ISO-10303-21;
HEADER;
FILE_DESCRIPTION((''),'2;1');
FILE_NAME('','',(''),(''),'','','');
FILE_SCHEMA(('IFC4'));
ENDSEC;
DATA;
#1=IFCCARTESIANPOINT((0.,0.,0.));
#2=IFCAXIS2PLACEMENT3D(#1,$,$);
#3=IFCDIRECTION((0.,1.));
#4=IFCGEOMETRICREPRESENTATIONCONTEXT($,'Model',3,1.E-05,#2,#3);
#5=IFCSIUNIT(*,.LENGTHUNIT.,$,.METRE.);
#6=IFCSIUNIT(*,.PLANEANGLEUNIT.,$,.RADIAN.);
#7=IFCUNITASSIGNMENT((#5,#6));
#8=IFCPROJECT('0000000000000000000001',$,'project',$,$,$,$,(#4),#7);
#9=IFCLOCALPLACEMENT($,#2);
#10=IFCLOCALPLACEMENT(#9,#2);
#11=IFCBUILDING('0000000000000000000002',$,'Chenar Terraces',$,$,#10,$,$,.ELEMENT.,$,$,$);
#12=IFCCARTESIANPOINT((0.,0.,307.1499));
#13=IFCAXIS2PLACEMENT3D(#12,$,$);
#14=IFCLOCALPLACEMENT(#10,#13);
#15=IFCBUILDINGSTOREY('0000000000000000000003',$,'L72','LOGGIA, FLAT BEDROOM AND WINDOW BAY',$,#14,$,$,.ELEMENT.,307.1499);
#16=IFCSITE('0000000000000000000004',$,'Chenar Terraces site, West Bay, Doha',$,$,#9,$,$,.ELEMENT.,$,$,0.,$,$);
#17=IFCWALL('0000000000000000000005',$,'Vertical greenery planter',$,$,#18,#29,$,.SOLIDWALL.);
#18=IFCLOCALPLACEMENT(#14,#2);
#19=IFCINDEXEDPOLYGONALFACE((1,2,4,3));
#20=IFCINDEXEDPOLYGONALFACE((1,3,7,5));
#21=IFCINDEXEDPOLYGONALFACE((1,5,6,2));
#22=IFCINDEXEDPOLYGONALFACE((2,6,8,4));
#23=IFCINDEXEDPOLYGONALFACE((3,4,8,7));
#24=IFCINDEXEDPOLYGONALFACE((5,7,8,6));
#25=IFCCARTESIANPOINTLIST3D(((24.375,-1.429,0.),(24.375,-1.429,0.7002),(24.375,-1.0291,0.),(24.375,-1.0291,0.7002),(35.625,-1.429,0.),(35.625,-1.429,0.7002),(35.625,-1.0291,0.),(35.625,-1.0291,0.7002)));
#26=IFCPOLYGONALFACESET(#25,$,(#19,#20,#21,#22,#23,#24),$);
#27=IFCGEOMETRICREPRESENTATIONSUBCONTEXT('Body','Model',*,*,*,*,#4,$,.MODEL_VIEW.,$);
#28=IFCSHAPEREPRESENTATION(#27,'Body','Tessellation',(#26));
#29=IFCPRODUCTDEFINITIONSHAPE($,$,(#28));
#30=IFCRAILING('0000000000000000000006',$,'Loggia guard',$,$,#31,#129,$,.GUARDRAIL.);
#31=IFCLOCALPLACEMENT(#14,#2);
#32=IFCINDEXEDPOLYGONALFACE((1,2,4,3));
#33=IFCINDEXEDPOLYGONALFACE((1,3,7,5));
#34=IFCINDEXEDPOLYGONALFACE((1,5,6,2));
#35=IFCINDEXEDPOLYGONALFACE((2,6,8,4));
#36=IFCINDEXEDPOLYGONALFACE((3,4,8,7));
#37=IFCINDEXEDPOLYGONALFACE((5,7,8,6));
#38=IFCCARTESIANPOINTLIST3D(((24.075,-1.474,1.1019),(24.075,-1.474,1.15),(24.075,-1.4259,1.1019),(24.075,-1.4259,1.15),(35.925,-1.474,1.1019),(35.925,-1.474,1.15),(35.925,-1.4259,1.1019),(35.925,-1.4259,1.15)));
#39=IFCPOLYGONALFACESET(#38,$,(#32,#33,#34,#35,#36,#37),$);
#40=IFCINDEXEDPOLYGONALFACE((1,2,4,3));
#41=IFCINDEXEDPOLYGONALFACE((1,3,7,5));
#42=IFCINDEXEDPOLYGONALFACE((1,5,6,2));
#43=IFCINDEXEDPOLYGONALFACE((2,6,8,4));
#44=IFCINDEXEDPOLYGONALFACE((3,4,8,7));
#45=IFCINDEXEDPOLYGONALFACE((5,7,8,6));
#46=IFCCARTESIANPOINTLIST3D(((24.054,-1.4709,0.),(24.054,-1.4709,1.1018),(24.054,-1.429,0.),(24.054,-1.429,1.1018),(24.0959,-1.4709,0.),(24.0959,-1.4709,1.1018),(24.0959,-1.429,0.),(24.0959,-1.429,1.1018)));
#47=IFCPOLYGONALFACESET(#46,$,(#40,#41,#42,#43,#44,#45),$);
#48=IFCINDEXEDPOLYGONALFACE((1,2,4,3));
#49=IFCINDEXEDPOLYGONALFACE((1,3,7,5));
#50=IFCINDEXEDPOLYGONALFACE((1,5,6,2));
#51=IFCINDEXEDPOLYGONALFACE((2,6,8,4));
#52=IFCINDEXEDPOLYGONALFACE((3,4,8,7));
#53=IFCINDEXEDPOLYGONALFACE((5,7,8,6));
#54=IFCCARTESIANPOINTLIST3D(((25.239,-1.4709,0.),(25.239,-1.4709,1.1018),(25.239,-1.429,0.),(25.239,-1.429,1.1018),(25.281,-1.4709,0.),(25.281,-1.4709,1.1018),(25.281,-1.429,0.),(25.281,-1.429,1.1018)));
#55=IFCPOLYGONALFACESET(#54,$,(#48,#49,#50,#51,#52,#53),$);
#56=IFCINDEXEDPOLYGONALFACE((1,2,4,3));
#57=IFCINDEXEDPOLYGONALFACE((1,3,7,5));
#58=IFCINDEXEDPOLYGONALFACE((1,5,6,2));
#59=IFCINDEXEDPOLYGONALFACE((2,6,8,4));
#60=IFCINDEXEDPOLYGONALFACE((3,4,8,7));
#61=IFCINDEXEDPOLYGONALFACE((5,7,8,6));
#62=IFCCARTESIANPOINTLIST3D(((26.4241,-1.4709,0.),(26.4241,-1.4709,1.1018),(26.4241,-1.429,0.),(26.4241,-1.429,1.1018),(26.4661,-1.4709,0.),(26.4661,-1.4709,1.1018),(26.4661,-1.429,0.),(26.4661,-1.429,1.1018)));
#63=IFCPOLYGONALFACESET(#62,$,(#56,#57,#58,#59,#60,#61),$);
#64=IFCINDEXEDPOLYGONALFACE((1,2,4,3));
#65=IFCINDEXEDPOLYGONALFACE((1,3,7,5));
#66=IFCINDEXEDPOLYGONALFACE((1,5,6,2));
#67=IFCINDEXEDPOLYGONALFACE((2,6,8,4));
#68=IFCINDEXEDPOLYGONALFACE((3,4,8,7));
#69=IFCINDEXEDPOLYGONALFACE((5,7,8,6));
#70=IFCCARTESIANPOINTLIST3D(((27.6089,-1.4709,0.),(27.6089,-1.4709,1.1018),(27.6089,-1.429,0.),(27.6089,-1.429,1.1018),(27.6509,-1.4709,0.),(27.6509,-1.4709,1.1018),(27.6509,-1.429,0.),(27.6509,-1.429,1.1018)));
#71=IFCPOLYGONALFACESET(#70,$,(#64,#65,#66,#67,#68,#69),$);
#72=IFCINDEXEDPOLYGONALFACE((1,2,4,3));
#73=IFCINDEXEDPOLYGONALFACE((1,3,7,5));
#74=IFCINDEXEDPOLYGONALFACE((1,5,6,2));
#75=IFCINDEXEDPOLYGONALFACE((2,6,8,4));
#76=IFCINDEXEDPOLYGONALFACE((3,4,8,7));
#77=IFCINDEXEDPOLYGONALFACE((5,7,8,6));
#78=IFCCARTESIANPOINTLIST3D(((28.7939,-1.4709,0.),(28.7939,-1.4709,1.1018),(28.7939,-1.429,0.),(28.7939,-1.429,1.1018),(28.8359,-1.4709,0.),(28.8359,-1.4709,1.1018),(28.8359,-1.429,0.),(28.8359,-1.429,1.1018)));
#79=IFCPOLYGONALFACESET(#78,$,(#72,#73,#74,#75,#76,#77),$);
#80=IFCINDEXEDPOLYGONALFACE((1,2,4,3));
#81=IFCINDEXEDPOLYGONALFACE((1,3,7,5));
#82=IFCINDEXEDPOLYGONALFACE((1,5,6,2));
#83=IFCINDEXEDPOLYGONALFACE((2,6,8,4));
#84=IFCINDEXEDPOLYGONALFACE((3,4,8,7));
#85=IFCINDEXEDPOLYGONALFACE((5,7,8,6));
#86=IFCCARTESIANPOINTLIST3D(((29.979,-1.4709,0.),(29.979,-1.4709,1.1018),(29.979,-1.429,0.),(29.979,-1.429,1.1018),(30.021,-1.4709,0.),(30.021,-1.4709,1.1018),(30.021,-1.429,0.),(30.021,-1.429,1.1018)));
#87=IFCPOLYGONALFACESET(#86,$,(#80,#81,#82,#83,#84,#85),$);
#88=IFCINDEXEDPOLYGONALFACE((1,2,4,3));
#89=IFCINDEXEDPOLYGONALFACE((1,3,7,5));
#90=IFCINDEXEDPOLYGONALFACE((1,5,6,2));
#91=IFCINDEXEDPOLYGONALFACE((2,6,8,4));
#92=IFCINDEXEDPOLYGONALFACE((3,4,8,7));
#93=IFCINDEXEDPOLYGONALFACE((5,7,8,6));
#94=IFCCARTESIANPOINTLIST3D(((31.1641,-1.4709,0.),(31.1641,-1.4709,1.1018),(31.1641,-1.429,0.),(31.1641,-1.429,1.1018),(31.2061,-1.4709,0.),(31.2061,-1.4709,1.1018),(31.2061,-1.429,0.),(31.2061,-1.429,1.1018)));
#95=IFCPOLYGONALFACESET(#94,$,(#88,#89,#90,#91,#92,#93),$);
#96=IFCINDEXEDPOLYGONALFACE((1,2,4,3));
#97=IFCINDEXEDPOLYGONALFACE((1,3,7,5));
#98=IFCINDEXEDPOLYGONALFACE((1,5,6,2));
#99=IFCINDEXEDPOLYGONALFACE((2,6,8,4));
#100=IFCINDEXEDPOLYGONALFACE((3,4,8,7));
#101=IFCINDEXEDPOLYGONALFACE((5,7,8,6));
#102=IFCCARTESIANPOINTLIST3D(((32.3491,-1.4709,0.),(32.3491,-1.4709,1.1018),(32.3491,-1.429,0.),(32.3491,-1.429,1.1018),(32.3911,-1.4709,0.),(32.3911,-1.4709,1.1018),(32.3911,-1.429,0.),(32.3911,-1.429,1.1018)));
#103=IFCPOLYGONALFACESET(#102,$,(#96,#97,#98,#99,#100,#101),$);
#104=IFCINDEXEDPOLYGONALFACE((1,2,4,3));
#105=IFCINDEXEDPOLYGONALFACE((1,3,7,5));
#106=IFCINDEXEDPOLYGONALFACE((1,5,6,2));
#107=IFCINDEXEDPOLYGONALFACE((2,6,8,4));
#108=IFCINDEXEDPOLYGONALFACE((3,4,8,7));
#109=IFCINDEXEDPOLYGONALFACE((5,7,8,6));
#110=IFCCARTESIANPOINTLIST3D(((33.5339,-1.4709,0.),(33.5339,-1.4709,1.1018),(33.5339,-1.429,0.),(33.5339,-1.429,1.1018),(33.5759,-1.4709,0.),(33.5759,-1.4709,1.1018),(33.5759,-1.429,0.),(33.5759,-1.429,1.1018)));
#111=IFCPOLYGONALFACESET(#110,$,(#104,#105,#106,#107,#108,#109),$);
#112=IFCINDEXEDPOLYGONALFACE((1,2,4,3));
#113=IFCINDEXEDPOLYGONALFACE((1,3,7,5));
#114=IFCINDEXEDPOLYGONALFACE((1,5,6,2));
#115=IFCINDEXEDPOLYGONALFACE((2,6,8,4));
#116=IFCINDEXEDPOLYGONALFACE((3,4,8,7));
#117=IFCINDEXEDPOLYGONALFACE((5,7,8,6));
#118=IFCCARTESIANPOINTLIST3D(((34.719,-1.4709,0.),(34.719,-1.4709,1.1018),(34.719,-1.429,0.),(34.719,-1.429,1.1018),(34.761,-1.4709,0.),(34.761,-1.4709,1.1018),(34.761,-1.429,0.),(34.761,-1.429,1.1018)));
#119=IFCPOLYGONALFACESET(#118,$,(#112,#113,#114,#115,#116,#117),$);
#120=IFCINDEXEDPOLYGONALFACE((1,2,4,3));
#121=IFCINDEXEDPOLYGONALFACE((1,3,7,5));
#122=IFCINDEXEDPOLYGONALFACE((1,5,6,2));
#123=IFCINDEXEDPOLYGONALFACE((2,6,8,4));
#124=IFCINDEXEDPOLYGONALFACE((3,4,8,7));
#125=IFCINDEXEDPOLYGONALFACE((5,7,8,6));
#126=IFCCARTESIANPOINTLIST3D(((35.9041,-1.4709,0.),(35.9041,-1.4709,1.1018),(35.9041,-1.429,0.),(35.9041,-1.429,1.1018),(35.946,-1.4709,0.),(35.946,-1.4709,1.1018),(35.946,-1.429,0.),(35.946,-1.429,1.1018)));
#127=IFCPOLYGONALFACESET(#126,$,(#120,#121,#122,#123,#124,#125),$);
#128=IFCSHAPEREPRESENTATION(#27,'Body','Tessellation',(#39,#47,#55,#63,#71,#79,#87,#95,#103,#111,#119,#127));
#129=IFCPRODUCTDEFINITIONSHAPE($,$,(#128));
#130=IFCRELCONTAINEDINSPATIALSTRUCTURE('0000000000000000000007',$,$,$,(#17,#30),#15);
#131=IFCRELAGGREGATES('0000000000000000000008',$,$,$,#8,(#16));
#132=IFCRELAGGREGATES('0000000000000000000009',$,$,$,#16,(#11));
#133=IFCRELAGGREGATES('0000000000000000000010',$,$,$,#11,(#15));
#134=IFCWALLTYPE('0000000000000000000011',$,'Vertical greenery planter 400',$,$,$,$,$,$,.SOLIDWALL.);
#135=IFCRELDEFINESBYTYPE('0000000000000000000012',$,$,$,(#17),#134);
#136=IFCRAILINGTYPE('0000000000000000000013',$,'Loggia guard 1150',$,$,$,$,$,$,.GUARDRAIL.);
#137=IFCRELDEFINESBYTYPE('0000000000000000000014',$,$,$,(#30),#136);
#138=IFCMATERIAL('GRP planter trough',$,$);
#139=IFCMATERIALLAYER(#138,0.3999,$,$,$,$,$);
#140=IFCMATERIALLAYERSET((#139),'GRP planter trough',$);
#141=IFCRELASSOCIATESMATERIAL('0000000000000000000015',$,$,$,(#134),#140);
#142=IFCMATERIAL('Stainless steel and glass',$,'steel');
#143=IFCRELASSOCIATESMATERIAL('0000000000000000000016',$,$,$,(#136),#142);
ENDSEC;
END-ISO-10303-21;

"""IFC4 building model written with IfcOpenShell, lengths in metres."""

from ifc_helpers import new_model, si_unit, direction, frame, frame_2d, origin, origin_2d, place, context, subcontext, project, spatial, rectangle, extrude, material, layer, layer_set, type_object, element, save


model = new_model("IFC4")

# Units and contexts
model_context = context("Model", 3, precision=1e-05, world=origin(), true_north=direction((0.0, 1.0)))
body_context = subcontext(model_context, "Body", "Model", "MODEL_VIEW")
ifc_project = project(units=[si_unit("LENGTHUNIT", "METRE"), si_unit("PLANEANGLEUNIT", "RADIAN")], contexts=[model_context])

# Site, building, storey
site_placement = place(None, origin())
site = spatial("IfcSite", under=ifc_project, at=site_placement, Name="Chenar Terraces site, West Bay, Doha", CompositionType="ELEMENT", RefElevation=0.0)
building_placement = place(site_placement, origin())
building = spatial("IfcBuilding", under=site, at=building_placement, Name="Chenar Terraces", CompositionType="ELEMENT")
storey_placement = place(building_placement, frame((0.0, 0.0, 307.1499)))
storey = spatial("IfcBuildingStorey", under=building, at=storey_placement, Name="L72", Description="LOGGIA, FLAT BEDROOM AND WINDOW BAY", CompositionType="ELEMENT", Elevation=307.1499)

# Wall
ifc_material_1 = material(Name="GRP planter trough")
ifc_layer_1 = layer(ifc_material_1, 0.3999)
ifc_layer_set_1 = layer_set([ifc_layer_1], Name="GRP planter trough")
wall_type_1 = type_object("IfcWallType", Name="Vertical greenery planter 400", PredefinedType="SOLIDWALL", material=ifc_layer_set_1)
wall_1_placement = place(storey_placement, frame((24.375, -1.229, 0.0), z_axis=(0.0, 0.0, 1.0), x_axis=(1.0, 0.0, 0.0)))
element("IfcWall", 1, at=wall_1_placement, inside=storey, type_object=wall_type_1, Name="Vertical greenery planter", PredefinedType="SOLIDWALL", context=body_context, shape_type="SweptSolid", body=[
    extrude(rectangle(XDim=11.25, YDim=0.3999, at=frame_2d((5.625, 0.0))), origin(), (0.0, 0.0, 1.0), 0.7002),
])

# Railing
ifc_material_2 = material(Name="Stainless steel and glass", Category="steel")
railing_type = type_object("IfcRailingType", Name="Loggia guard 1150", PredefinedType="GUARDRAIL", material=ifc_material_2)
railing_placement = place(storey_placement, frame((24.075, -1.45, 0.0)))
element("IfcRailing", 2, at=railing_placement, inside=storey, type_object=railing_type, Name="Loggia guard", PredefinedType="GUARDRAIL", context=body_context, shape_type="SweptSolid", body=[
    extrude(rectangle(XDim=0.0481, YDim=0.0481, at=origin_2d()), frame((0.0, 0.0, 1.126), z_axis=(1.0, 0.0, 0.0), x_axis=(0.0, 1.0, 0.0)), (0.0, 0.0, 1.0), 11.8501),
    extrude(rectangle(XDim=0.042, YDim=0.042, at=origin_2d()), origin(), (0.0, 0.0, 1.0), 1.1018),
    extrude(rectangle(XDim=0.042, YDim=0.042, at=origin_2d()), frame((1.1851, 0.0, 0.0)), (0.0, 0.0, 1.0), 1.1018),
    extrude(rectangle(XDim=0.042, YDim=0.042, at=origin_2d()), frame((2.3701, 0.0, 0.0)), (0.0, 0.0, 1.0), 1.1018),
    extrude(rectangle(XDim=0.042, YDim=0.042, at=origin_2d()), frame((3.5549, 0.0, 0.0)), (0.0, 0.0, 1.0), 1.1018),
    extrude(rectangle(XDim=0.042, YDim=0.042, at=origin_2d()), frame((4.74, 0.0, 0.0)), (0.0, 0.0, 1.0), 1.1018),
    extrude(rectangle(XDim=0.042, YDim=0.042, at=origin_2d()), frame((5.925, 0.0, 0.0)), (0.0, 0.0, 1.0), 1.1018),
    extrude(rectangle(XDim=0.042, YDim=0.042, at=origin_2d()), frame((7.1101, 0.0, 0.0)), (0.0, 0.0, 1.0), 1.1018),
    extrude(rectangle(XDim=0.042, YDim=0.042, at=origin_2d()), frame((8.2952, 0.0, 0.0)), (0.0, 0.0, 1.0), 1.1018),
    extrude(rectangle(XDim=0.042, YDim=0.042, at=origin_2d()), frame((9.48, 0.0, 0.0)), (0.0, 0.0, 1.0), 1.1018),
    extrude(rectangle(XDim=0.042, YDim=0.042, at=origin_2d()), frame((10.665, 0.0, 0.0)), (0.0, 0.0, 1.0), 1.1018),
    extrude(rectangle(XDim=0.042, YDim=0.042, at=origin_2d()), frame((11.8501, 0.0, 0.0)), (0.0, 0.0, 1.0), 1.1018),
])

save(model, "model.ifc")
